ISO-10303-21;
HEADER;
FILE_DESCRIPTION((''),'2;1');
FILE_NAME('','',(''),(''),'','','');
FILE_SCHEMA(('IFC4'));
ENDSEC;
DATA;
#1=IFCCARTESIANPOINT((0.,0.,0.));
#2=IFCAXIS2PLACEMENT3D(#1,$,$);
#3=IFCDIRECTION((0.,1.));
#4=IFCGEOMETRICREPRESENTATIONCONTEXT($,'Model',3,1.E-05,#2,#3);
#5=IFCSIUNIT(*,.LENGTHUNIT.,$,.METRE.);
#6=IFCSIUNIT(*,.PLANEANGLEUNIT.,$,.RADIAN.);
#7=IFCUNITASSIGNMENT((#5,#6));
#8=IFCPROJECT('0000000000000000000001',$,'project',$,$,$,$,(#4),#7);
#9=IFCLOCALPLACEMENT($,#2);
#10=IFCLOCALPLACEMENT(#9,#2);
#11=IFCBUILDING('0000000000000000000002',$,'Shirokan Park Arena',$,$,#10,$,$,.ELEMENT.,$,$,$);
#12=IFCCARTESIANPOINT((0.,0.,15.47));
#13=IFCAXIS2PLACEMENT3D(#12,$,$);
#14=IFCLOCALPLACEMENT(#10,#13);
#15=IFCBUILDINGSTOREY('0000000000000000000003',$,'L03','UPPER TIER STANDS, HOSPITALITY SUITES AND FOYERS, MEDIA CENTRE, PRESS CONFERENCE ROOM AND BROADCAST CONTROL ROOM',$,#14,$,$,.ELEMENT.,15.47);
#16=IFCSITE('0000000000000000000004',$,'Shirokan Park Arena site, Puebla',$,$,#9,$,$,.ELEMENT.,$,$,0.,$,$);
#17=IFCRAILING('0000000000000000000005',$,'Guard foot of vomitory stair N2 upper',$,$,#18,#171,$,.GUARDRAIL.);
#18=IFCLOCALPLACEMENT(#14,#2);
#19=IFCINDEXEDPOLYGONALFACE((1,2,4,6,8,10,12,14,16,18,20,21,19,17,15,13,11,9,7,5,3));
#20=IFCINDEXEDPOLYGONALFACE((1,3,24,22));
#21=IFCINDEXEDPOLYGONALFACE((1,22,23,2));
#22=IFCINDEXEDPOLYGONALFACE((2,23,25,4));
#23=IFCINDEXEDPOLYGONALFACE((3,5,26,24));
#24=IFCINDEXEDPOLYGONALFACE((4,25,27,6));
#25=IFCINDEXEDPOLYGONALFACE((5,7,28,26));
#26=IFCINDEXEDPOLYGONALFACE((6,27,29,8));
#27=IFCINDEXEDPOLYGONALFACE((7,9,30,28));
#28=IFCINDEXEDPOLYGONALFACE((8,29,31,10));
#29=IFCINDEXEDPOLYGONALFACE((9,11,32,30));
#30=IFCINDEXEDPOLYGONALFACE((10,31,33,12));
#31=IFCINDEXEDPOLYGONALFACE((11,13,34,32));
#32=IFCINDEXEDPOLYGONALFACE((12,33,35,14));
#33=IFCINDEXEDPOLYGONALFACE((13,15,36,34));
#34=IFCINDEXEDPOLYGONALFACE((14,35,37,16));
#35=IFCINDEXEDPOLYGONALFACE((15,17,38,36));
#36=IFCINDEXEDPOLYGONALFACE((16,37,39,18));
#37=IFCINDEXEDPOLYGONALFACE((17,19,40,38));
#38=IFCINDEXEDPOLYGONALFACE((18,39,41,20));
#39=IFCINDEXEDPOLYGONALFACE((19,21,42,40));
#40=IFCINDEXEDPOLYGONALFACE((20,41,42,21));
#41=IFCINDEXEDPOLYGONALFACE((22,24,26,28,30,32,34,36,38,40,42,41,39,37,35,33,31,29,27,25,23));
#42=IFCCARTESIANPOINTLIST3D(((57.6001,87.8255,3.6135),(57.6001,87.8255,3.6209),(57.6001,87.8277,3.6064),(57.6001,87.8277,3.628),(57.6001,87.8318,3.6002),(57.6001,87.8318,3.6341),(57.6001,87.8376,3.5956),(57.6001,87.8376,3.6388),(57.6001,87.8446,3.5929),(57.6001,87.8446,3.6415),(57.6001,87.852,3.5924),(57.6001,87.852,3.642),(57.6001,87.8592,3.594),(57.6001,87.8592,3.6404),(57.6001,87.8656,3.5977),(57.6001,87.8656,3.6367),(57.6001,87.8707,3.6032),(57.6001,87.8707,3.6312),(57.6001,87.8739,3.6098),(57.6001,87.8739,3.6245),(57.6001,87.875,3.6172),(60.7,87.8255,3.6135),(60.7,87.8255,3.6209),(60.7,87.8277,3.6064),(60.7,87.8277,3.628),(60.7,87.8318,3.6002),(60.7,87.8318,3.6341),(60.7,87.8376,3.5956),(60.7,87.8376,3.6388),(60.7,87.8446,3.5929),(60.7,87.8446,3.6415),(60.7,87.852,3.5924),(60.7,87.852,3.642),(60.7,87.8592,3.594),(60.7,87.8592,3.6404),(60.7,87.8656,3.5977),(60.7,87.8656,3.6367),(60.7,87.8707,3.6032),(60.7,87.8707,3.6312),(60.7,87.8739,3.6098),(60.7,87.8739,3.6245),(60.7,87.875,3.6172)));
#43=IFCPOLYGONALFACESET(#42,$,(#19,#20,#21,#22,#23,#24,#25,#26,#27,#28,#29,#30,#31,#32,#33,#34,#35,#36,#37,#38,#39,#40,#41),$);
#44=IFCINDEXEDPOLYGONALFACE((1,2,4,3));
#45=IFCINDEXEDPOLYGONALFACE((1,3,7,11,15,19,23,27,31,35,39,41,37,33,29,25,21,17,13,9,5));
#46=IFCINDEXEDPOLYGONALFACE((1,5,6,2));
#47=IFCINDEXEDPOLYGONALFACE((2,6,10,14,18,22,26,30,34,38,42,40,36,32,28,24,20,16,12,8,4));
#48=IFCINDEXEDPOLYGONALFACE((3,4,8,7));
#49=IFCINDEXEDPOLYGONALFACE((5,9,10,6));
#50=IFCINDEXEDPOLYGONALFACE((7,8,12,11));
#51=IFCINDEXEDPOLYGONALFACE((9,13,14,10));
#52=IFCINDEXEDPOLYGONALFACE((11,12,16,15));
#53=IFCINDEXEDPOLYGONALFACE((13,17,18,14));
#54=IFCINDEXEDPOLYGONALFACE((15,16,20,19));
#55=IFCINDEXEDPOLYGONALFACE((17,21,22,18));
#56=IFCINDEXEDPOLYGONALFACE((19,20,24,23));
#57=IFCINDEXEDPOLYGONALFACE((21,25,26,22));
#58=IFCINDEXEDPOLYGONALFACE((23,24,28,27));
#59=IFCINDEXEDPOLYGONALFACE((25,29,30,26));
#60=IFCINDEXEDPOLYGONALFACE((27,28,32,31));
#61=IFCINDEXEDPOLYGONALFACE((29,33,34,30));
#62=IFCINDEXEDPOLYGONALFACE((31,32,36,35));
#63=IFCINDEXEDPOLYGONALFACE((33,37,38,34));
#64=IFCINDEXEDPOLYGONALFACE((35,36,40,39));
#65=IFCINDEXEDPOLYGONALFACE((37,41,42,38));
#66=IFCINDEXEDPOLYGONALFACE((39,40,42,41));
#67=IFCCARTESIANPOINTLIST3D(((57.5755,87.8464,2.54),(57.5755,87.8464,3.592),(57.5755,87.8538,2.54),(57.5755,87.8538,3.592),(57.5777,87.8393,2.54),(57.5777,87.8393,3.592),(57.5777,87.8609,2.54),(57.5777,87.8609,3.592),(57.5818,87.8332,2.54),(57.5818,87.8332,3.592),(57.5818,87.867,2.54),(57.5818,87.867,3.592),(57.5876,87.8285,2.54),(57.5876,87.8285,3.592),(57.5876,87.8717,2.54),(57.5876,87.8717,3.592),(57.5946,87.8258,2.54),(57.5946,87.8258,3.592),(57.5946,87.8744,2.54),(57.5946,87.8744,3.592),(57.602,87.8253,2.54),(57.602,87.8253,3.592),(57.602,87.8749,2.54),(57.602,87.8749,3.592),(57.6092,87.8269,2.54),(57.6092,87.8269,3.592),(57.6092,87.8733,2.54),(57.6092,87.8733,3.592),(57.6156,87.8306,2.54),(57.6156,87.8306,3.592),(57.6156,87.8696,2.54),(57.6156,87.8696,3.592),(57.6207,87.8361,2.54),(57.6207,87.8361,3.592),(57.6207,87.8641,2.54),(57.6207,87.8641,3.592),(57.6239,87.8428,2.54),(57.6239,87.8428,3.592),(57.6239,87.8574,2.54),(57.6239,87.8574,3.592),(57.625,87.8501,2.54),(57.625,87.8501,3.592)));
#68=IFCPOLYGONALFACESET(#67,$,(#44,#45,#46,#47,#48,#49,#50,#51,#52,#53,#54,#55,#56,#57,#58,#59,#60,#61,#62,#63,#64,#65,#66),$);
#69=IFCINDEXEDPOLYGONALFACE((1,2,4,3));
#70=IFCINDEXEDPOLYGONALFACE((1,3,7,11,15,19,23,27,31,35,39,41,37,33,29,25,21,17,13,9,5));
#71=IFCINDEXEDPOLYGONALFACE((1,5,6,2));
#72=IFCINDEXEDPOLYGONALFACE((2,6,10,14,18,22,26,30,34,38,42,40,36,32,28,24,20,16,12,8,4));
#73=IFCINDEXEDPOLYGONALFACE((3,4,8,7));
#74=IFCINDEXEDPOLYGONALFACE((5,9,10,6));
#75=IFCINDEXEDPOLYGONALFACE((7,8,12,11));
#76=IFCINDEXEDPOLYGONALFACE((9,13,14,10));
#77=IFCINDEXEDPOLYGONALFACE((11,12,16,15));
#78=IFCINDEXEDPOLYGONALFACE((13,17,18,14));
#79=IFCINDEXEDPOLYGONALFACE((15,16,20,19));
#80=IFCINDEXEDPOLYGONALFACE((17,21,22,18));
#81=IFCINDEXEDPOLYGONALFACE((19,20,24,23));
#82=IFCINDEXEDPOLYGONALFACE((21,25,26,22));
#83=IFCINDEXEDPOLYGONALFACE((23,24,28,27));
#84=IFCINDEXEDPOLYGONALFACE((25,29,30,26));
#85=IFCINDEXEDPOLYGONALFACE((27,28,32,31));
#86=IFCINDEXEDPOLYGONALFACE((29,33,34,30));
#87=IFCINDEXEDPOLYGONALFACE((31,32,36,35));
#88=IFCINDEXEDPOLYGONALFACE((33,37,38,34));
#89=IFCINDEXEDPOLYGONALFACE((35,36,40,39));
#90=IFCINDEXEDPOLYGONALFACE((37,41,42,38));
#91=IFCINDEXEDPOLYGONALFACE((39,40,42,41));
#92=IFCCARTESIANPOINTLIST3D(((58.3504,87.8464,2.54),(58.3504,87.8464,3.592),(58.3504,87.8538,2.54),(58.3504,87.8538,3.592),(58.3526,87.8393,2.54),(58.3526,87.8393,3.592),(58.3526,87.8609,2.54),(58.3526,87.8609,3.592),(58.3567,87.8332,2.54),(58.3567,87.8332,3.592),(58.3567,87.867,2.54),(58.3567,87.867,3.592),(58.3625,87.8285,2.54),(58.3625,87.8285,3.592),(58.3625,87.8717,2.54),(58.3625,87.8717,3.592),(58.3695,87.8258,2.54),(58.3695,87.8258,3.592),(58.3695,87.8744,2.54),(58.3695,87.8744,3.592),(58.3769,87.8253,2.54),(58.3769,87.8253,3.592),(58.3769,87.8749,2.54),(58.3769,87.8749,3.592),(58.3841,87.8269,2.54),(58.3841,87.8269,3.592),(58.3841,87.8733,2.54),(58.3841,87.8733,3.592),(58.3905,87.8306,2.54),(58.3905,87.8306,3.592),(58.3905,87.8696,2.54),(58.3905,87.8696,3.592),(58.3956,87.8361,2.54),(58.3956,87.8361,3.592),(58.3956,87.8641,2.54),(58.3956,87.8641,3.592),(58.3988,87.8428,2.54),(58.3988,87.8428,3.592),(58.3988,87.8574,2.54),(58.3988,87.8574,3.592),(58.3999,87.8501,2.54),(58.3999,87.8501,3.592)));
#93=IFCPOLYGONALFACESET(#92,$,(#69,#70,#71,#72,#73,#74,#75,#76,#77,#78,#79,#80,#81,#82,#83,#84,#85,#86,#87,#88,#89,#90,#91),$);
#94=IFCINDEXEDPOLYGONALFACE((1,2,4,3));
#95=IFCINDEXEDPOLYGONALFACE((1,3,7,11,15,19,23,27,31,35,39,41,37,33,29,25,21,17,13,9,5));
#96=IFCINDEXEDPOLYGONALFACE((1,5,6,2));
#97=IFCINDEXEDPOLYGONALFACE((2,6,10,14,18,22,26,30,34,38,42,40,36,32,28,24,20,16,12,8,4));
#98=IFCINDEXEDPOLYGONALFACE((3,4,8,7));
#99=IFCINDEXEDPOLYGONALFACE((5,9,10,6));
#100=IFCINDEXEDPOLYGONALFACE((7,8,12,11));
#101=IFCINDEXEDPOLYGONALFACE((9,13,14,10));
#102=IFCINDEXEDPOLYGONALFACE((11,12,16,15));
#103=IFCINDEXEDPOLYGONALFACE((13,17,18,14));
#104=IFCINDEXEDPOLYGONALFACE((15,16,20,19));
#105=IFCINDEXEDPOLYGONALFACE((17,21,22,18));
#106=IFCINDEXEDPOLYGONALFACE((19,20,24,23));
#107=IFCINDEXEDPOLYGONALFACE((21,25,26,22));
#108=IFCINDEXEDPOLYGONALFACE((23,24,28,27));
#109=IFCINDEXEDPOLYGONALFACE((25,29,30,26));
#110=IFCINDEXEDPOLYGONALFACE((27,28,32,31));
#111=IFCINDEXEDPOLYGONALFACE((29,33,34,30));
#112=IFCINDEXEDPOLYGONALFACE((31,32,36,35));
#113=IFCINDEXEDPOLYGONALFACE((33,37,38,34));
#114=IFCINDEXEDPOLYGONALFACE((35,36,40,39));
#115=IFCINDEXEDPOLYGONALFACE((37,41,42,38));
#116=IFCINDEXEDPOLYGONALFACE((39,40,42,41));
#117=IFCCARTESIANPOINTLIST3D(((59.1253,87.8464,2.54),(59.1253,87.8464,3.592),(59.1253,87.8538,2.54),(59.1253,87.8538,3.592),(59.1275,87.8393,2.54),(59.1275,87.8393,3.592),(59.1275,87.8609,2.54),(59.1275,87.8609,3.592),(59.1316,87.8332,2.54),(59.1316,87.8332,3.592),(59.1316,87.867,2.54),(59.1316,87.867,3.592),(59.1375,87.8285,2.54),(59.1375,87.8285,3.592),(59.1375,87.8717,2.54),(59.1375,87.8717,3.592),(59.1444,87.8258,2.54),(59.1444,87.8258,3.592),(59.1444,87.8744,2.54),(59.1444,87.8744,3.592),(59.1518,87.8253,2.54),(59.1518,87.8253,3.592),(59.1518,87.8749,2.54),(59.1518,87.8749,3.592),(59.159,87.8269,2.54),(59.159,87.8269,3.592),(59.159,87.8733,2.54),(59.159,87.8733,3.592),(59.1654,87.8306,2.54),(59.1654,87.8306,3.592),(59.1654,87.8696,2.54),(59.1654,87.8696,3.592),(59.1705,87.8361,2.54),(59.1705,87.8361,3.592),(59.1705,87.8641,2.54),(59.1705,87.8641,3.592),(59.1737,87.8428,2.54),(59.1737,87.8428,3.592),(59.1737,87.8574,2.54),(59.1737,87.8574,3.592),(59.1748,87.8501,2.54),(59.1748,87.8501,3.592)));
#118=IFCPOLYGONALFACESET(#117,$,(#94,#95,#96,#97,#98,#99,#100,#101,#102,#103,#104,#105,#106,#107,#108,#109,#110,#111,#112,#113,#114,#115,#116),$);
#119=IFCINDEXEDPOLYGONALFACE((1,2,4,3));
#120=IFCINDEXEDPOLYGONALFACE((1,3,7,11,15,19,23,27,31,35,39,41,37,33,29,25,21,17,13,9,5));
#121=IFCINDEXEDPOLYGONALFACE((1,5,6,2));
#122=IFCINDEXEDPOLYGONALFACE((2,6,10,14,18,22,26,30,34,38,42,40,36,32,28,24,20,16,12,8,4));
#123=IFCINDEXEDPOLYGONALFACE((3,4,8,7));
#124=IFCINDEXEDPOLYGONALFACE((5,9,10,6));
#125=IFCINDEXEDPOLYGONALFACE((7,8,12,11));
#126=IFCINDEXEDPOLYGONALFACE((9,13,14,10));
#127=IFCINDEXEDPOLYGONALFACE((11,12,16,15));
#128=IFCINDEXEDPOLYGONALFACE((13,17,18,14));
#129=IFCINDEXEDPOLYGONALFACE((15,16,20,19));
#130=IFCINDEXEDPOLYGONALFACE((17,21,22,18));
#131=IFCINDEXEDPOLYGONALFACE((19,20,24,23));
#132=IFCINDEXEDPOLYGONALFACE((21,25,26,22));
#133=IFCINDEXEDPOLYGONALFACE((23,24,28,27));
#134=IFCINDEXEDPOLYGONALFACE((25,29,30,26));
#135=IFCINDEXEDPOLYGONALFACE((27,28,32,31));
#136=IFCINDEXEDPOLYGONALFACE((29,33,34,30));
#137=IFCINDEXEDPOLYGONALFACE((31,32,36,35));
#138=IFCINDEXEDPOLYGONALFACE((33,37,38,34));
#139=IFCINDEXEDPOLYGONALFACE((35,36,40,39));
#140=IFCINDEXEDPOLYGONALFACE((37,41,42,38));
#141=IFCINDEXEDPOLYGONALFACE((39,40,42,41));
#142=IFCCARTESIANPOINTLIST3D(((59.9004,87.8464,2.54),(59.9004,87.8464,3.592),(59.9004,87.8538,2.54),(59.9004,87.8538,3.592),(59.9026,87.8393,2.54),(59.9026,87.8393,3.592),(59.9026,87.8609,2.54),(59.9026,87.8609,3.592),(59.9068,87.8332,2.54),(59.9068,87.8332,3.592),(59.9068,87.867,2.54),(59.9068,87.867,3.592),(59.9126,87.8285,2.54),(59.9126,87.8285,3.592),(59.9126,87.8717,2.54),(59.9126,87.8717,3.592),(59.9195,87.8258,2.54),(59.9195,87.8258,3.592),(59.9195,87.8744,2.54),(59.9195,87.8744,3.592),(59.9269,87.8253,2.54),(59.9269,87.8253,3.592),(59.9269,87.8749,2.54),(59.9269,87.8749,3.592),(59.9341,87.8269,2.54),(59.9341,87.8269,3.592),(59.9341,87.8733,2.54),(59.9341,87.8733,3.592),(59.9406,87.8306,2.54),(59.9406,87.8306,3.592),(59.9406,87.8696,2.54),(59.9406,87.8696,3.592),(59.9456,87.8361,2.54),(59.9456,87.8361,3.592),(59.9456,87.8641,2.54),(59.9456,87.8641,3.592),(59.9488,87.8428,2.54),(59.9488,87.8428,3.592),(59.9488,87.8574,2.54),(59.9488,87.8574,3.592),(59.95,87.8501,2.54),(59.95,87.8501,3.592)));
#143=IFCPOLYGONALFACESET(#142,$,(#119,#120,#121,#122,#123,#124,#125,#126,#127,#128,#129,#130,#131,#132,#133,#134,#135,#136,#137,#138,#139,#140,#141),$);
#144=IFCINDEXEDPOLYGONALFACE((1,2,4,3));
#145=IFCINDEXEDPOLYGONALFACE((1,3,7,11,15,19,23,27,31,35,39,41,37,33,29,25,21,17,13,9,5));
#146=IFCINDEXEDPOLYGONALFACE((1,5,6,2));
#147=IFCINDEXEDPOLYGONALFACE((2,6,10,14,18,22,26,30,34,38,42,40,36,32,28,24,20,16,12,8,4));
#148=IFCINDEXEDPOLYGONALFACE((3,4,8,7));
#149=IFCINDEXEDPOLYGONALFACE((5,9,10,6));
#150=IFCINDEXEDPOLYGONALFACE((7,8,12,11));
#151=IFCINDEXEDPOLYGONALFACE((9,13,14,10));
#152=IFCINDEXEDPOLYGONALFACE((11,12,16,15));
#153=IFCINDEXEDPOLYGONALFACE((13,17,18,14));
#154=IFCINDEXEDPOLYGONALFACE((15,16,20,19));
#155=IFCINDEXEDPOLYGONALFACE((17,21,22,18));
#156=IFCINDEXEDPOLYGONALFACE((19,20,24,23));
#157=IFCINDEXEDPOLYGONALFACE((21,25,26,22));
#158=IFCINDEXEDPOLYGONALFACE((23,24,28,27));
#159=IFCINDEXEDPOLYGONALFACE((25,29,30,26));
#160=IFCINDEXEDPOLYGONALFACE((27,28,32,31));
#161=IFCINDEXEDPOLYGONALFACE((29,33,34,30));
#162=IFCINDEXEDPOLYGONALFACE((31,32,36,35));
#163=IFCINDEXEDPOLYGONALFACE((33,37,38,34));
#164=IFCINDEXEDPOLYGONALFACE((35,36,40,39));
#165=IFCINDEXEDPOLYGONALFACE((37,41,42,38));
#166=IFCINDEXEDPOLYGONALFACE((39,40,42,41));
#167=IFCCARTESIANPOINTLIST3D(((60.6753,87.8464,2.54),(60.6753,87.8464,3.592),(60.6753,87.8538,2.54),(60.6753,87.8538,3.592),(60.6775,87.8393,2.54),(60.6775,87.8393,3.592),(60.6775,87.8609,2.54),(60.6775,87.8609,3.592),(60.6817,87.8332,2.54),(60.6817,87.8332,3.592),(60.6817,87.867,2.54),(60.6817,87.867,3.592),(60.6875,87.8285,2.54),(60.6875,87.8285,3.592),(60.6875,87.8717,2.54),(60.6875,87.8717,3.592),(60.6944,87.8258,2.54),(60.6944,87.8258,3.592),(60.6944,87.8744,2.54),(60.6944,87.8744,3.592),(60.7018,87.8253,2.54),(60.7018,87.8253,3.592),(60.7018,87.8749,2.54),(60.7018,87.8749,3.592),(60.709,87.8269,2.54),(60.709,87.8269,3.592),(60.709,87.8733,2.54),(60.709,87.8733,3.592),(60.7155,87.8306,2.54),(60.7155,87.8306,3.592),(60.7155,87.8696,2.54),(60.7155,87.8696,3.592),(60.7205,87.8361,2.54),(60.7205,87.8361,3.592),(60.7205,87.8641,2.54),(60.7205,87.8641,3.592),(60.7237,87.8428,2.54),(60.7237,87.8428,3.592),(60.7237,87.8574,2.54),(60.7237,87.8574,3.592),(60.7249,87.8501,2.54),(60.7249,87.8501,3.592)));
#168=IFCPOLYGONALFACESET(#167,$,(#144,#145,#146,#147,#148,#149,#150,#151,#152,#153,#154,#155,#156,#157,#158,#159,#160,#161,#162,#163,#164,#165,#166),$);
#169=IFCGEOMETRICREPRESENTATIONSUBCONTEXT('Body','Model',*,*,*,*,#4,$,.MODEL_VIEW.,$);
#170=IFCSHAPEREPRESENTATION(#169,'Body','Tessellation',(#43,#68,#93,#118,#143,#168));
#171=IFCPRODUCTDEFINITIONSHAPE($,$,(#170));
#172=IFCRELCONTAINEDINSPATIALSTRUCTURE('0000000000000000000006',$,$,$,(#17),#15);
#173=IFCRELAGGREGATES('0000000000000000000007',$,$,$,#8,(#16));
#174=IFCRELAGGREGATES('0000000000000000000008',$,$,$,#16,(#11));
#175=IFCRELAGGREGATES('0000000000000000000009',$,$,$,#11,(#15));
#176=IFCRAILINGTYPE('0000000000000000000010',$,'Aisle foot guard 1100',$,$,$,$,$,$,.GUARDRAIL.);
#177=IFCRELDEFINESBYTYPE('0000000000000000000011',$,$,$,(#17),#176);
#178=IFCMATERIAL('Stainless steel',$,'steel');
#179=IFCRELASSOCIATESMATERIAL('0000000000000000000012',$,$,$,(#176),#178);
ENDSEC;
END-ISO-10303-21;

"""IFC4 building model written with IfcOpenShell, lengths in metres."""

from ifc_helpers import new_model, si_unit, direction, frame, origin, origin_2d, place, context, subcontext, project, spatial, circle, extrude, material, type_object, element, save


model = new_model("IFC4")

# Units and contexts
model_context = context("Model", 3, precision=1e-05, world=origin(), true_north=direction((0.0, 1.0)))
body_context = subcontext(model_context, "Body", "Model", "MODEL_VIEW")
ifc_project = project(units=[si_unit("LENGTHUNIT", "METRE"), si_unit("PLANEANGLEUNIT", "RADIAN")], contexts=[model_context])

# Site, building, storey
site_placement = place(None, origin())
site = spatial("IfcSite", under=ifc_project, at=site_placement, Name="Shirokan Park Arena site, Puebla", CompositionType="ELEMENT", RefElevation=0.0)
building_placement = place(site_placement, origin())
building = spatial("IfcBuilding", under=site, at=building_placement, Name="Shirokan Park Arena", CompositionType="ELEMENT")
storey_placement = place(building_placement, frame((0.0, 0.0, 15.47)))
storey = spatial("IfcBuildingStorey", under=building, at=storey_placement, Name="L03", Description="UPPER TIER STANDS, HOSPITALITY SUITES AND FOYERS, MEDIA CENTRE, PRESS CONFERENCE ROOM AND BROADCAST CONTROL ROOM", CompositionType="ELEMENT", Elevation=15.47)

# Railing
ifc_material_1 = material(Name="Stainless steel", Category="steel")
railing_type_1 = type_object("IfcRailingType", Name="Aisle foot guard 1100", PredefinedType="GUARDRAIL", material=ifc_material_1)
railing_1_placement = place(storey_placement, frame((57.6001, 87.8501, 2.54)))
element("IfcRailing", 1, at=railing_1_placement, inside=storey, type_object=railing_type_1, Name="Guard foot of vomitory stair N2 upper", PredefinedType="GUARDRAIL", context=body_context, shape_type="SweptSolid", body=[
    extrude(circle(Radius=0.0249, at=origin_2d()), frame((0.0, 0.0, 1.0771), z_axis=(1.0, 0.0, 0.0), x_axis=(0.0, 1.0, 0.0)), (0.0, 0.0, 1.0), 3.0999),
    extrude(circle(Radius=0.0249, at=origin_2d()), origin(), (0.0, 0.0, 1.0), 1.052),
    extrude(circle(Radius=0.0249, at=origin_2d()), frame((0.7749, 0.0, 0.0)), (0.0, 0.0, 1.0), 1.052),
    extrude(circle(Radius=0.0249, at=origin_2d()), frame((1.5498, 0.0, 0.0)), (0.0, 0.0, 1.0), 1.052),
    extrude(circle(Radius=0.0249, at=origin_2d()), frame((2.325, 0.0, 0.0)), (0.0, 0.0, 1.0), 1.052),
    extrude(circle(Radius=0.0249, at=origin_2d()), frame((3.0999, 0.0, 0.0)), (0.0, 0.0, 1.0), 1.052),
])

save(model, "model.ifc")
